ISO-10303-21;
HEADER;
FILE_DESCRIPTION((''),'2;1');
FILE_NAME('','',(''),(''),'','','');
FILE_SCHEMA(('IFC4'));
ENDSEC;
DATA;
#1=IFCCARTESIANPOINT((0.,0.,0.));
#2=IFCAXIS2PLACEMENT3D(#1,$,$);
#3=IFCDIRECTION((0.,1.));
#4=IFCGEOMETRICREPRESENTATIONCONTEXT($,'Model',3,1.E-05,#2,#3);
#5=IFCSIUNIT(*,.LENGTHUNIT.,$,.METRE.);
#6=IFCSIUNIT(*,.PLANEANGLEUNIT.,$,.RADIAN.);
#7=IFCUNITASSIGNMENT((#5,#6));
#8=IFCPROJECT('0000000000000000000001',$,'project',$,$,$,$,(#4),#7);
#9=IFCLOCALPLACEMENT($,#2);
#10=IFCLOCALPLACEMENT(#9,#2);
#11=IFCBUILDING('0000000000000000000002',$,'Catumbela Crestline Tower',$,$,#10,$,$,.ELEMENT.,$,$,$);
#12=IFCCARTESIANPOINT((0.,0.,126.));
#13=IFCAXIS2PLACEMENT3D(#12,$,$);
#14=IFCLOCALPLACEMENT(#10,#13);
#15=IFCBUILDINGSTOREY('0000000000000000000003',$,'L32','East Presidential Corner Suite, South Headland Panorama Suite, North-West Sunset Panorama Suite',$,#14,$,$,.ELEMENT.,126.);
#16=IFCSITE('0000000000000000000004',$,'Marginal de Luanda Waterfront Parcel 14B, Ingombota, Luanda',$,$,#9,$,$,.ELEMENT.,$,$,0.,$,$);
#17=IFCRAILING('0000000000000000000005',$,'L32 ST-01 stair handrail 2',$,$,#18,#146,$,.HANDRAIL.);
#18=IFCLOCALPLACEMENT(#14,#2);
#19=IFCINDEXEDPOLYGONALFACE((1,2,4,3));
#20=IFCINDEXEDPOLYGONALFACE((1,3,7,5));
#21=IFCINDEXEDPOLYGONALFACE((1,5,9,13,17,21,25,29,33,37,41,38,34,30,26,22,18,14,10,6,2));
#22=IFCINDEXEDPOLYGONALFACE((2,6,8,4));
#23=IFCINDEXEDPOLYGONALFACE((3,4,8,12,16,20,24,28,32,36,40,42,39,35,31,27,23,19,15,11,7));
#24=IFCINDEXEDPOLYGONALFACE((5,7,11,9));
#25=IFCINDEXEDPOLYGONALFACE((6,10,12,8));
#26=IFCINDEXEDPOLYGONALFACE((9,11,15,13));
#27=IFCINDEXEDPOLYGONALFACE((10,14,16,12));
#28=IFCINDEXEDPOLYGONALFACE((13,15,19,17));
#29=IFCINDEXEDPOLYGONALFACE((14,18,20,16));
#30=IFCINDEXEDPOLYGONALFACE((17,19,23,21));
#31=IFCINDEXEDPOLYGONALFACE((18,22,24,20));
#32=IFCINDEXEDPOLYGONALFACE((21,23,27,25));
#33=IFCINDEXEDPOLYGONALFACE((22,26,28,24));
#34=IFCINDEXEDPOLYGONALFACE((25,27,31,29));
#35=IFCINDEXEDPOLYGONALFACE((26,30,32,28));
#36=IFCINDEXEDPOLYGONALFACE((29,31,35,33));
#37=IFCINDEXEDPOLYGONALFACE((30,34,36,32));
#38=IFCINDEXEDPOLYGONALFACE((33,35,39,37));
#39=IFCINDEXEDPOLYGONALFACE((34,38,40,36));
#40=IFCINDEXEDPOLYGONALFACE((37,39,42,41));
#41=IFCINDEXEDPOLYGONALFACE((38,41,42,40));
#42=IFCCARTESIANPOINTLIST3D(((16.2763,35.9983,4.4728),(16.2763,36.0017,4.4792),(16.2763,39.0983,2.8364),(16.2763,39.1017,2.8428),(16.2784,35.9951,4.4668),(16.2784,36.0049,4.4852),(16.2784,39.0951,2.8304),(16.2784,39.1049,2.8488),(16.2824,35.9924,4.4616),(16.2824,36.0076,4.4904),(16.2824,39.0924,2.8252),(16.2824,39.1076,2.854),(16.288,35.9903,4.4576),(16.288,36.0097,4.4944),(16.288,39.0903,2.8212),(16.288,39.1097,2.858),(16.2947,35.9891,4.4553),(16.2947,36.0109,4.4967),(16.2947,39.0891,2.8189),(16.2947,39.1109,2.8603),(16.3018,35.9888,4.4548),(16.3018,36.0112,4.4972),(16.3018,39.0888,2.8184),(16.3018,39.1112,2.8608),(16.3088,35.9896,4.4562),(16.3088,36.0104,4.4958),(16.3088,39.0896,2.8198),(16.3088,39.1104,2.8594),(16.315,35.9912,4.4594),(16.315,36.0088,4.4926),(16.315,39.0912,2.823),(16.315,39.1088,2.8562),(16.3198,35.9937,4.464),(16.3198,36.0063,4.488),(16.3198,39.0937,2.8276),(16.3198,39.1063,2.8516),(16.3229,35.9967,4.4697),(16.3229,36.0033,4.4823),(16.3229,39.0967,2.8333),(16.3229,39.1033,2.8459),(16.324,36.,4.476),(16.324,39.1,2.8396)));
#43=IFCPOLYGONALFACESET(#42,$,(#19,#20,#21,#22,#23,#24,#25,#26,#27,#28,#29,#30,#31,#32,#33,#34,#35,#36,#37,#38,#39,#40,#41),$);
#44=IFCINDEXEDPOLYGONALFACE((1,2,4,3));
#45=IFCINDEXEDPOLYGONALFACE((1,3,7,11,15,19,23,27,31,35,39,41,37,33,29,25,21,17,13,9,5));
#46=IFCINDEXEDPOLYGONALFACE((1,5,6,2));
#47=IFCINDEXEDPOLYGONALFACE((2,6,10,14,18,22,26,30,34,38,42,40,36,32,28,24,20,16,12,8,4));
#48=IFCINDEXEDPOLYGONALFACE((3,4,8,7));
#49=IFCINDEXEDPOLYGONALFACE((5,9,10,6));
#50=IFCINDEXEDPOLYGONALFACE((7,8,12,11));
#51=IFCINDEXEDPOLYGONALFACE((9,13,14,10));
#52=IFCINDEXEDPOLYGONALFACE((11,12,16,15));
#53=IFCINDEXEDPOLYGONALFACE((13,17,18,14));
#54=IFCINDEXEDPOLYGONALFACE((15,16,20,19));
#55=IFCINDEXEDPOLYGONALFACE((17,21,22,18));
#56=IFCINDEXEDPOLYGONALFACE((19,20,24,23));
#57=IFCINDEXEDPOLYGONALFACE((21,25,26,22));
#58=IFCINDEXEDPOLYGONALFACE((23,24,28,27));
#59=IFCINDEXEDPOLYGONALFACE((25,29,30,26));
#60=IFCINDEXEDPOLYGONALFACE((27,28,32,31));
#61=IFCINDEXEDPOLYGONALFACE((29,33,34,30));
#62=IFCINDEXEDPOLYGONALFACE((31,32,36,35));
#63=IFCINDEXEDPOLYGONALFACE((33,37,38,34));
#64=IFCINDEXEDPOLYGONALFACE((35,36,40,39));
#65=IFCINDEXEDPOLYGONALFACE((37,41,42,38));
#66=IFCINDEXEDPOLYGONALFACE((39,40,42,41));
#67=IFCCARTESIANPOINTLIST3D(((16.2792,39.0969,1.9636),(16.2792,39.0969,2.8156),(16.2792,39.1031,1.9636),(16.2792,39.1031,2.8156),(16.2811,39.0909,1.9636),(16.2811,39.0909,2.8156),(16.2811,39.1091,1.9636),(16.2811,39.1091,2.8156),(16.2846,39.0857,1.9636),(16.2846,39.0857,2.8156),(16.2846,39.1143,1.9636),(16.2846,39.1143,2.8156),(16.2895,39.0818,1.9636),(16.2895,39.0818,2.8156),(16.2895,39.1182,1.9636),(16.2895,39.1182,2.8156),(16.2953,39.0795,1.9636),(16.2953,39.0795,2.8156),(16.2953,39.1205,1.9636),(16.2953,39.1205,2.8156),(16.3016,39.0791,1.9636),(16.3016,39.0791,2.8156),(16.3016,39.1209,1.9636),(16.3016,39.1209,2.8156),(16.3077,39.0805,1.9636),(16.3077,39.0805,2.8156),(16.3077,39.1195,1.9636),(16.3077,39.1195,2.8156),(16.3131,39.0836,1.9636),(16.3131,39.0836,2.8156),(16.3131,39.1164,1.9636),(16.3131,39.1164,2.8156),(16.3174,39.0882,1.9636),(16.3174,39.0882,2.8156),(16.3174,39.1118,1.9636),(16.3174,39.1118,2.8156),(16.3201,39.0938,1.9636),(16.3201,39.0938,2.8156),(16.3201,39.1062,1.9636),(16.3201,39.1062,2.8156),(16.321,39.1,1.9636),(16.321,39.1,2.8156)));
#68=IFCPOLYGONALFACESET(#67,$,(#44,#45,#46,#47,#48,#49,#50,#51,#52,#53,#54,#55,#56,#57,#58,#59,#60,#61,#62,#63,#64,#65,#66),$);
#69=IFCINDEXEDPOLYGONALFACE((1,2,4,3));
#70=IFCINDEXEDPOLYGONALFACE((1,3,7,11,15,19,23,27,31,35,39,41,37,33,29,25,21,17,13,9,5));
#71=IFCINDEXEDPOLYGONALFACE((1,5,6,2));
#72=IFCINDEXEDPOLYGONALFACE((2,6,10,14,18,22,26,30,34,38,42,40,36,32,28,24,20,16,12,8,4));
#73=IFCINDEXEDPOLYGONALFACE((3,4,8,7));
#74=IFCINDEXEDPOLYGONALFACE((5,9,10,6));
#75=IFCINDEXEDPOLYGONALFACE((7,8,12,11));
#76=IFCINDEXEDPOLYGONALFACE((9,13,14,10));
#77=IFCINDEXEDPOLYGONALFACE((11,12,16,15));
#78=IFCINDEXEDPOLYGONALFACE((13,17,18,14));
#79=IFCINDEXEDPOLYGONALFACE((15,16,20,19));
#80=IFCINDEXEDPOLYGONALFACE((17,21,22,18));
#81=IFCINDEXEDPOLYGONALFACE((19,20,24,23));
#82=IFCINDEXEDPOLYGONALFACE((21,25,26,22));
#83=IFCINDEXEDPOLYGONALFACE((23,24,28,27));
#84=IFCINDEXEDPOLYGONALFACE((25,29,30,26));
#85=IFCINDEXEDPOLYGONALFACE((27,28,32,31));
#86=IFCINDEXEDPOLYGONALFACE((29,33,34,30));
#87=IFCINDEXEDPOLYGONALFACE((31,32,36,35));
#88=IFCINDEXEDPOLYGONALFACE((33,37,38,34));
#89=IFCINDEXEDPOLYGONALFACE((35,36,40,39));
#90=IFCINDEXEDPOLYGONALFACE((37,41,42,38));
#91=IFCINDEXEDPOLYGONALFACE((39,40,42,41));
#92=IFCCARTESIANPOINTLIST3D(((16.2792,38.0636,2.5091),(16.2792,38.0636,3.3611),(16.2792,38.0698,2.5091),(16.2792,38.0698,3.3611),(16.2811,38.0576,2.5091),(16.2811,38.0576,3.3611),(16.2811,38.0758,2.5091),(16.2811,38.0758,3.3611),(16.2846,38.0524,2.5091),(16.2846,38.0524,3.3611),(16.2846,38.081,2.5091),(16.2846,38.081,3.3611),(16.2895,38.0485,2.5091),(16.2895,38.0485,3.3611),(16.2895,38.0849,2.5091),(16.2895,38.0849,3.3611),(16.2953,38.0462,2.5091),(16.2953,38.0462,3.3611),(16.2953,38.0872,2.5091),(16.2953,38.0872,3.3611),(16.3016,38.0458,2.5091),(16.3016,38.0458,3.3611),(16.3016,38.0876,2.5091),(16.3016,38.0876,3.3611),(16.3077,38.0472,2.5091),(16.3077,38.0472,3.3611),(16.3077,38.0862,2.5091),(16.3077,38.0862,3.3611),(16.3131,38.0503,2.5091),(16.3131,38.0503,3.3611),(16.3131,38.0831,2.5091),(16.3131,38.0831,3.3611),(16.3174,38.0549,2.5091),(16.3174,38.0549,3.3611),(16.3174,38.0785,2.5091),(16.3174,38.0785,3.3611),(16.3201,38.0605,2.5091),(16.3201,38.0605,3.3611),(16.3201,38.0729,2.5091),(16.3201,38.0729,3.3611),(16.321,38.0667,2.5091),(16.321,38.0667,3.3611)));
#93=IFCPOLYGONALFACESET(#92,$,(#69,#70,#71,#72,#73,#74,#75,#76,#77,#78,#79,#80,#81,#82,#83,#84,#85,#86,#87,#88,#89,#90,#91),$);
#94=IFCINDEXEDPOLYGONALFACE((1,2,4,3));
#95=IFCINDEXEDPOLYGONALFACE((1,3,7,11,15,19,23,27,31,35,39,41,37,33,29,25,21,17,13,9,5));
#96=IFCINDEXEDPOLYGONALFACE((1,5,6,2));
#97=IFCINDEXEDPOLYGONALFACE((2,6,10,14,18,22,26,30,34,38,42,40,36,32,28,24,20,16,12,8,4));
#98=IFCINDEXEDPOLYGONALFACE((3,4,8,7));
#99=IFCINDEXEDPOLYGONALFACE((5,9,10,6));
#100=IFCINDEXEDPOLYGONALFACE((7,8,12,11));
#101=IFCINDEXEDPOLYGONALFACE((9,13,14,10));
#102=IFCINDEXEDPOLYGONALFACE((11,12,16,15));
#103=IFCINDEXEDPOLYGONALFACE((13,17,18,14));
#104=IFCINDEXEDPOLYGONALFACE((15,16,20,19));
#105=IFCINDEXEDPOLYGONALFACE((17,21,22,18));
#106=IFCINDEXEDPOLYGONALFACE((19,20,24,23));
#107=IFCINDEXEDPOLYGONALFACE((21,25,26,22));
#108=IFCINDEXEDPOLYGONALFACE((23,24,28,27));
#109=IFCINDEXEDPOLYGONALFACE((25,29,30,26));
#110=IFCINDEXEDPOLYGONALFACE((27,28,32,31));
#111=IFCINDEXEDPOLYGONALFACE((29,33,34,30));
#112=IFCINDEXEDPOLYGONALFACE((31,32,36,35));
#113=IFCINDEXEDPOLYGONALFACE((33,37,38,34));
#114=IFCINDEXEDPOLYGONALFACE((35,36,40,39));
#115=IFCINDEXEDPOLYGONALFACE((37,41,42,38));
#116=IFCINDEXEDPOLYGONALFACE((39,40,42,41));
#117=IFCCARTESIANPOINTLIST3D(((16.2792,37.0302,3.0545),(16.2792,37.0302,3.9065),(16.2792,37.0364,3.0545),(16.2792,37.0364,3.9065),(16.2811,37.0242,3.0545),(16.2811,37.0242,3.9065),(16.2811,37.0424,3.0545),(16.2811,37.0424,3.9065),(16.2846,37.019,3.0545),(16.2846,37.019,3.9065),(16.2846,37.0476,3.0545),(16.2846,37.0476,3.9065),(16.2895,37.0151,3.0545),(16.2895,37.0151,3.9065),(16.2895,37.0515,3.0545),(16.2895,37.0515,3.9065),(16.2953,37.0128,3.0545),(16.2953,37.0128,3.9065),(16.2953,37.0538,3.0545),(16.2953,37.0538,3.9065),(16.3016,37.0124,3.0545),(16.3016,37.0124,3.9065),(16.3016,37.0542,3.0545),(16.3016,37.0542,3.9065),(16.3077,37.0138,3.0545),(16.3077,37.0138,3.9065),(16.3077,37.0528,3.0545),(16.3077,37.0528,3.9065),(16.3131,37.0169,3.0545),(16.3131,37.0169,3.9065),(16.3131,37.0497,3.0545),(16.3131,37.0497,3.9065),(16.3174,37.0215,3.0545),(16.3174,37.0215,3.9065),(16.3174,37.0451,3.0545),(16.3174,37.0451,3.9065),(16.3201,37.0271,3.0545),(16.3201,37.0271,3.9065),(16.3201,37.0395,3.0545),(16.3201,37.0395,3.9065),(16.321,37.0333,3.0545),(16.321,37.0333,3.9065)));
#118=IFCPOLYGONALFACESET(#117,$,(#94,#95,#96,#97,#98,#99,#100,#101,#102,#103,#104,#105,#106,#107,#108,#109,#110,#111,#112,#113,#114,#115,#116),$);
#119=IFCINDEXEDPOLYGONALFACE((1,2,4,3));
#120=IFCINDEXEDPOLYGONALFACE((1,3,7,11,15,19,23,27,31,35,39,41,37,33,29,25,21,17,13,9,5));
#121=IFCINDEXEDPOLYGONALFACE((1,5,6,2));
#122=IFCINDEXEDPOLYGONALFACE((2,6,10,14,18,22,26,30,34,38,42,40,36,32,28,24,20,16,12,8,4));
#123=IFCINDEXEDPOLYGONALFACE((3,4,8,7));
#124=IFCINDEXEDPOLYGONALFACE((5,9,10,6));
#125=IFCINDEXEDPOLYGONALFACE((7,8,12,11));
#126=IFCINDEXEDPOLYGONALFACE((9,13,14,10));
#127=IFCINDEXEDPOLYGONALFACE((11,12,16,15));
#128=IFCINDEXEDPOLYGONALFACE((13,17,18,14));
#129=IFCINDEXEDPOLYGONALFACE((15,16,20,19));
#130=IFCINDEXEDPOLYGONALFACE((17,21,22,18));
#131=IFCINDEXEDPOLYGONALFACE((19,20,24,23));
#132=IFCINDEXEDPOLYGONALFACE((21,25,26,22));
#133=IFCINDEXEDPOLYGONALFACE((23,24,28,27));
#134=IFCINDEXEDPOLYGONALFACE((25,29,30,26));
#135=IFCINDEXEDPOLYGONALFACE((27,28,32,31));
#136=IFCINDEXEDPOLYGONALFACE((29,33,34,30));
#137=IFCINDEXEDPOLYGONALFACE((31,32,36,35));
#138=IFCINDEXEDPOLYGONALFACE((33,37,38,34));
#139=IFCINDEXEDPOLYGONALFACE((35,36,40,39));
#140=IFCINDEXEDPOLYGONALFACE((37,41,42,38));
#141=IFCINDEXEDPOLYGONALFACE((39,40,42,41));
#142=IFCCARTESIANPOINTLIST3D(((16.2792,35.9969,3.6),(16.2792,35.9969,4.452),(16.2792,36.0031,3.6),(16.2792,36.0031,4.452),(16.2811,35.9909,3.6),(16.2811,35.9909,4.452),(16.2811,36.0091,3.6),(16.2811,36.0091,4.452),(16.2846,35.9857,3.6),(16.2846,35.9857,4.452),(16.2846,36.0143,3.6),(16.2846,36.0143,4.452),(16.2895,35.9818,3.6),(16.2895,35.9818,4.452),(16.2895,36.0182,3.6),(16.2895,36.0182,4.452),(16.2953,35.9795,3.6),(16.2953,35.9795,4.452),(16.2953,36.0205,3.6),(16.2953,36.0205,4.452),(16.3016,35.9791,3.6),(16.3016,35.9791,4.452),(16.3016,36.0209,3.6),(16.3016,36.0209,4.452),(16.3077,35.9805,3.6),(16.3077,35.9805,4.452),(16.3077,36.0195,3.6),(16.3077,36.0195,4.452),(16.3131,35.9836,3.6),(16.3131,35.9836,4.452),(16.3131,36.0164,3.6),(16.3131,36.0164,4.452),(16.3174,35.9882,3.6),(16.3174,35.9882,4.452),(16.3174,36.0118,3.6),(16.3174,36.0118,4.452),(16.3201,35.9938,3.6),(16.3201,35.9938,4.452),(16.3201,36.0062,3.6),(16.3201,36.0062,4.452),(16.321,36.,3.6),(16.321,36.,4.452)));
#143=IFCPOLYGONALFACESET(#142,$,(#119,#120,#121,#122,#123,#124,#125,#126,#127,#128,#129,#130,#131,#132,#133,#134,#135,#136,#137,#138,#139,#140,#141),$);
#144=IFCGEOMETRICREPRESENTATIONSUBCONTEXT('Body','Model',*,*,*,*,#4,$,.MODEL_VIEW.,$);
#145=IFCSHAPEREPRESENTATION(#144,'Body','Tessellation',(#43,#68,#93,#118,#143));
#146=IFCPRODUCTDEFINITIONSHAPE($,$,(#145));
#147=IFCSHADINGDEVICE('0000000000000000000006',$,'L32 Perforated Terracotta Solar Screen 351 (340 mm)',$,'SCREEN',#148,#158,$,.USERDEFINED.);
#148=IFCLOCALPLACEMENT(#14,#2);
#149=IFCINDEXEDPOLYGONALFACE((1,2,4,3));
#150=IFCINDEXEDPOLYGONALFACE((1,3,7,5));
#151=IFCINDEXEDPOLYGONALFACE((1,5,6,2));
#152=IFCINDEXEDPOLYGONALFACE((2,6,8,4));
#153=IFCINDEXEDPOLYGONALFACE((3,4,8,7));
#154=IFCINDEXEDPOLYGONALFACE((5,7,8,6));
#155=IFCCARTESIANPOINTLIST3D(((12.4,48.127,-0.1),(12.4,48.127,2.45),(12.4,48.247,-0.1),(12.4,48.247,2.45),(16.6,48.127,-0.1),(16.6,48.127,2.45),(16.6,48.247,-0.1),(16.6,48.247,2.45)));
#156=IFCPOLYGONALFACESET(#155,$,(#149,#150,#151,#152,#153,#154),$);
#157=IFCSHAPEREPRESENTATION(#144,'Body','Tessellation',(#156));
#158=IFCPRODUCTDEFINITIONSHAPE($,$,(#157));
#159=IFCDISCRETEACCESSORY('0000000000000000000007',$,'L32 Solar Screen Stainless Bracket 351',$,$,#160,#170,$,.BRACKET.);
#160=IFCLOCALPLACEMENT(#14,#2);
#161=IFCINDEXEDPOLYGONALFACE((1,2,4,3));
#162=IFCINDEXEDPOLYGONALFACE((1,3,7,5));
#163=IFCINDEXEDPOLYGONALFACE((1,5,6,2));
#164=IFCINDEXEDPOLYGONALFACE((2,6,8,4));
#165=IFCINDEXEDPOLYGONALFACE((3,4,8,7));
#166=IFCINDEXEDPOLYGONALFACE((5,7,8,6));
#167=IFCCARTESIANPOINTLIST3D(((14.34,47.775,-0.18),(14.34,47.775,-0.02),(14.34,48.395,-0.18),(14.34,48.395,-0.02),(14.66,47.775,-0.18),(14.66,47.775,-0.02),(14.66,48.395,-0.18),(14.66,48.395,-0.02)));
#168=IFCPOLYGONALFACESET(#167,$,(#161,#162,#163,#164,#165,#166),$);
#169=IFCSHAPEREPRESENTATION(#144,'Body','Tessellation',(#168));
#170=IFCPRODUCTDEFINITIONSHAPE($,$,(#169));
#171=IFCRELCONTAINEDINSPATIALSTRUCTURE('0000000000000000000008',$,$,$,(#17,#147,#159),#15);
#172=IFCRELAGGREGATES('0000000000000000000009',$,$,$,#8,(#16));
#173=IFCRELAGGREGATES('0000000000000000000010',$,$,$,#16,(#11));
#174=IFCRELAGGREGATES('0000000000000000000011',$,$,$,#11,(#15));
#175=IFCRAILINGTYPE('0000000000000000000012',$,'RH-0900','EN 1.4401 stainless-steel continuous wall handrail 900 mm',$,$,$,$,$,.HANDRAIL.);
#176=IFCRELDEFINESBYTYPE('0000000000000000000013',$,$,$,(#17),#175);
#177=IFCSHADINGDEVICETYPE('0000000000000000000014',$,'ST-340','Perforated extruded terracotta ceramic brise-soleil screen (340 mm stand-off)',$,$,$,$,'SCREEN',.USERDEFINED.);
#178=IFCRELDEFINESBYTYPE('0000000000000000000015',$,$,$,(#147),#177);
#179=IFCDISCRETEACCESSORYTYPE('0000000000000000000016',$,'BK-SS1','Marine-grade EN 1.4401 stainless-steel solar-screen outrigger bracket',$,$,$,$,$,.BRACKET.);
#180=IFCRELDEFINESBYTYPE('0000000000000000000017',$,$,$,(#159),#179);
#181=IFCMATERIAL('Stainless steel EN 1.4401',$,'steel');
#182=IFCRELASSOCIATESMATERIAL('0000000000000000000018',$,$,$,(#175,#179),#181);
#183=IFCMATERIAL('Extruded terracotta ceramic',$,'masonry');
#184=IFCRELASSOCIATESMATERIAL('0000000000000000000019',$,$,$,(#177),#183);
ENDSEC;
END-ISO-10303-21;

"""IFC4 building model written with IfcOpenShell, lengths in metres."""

from ifc_helpers import new_model, si_unit, direction, frame, origin, origin_2d, place, context, subcontext, project, spatial, rectangle, circle, extrude, material, type_object, element, save


model = new_model("IFC4")

# Units and contexts
model_context = context("Model", 3, precision=1e-05, world=origin(), true_north=direction((0.0, 1.0)))
body_context = subcontext(model_context, "Body", "Model", "MODEL_VIEW")
ifc_project = project(units=[si_unit("LENGTHUNIT", "METRE"), si_unit("PLANEANGLEUNIT", "RADIAN")], contexts=[model_context])

# Site, building, storey
site_placement = place(None, origin())
site = spatial("IfcSite", under=ifc_project, at=site_placement, Name="Marginal de Luanda Waterfront Parcel 14B, Ingombota, Luanda", CompositionType="ELEMENT", RefElevation=0.0)
building_placement = place(site_placement, origin())
building = spatial("IfcBuilding", under=site, at=building_placement, Name="Catumbela Crestline Tower", CompositionType="ELEMENT")
storey_placement = place(building_placement, frame((0.0, 0.0, 126.0)))
storey = spatial("IfcBuildingStorey", under=building, at=storey_placement, Name="L32", Description="East Presidential Corner Suite, South Headland Panorama Suite, North-West Sunset Panorama Suite", CompositionType="ELEMENT", Elevation=126.0)

# Railing
ifc_material_1 = material(Name="Stainless steel EN 1.4401", Category="steel")
railing_type_1 = type_object("IfcRailingType", Name="RH-0900", Description="EN 1.4401 stainless-steel continuous wall handrail 900 mm", PredefinedType="HANDRAIL", material=ifc_material_1)
railing_1_placement = place(storey_placement, frame((16.3, 39.1, 1.9636)))
element("IfcRailing", 1, at=railing_1_placement, inside=storey, type_object=railing_type_1, Name="L32 ST-01 stair handrail 2", PredefinedType="HANDRAIL", context=body_context, shape_type="SweptSolid", body=[
    extrude(circle(Radius=0.024, at=origin_2d()), frame((0.0, 0.0, 0.876), z_axis=(0.0, -0.884351, 0.466823), x_axis=(1.0, 0.0, 0.0)), (0.0, 0.0, 1.0), 3.5054),
    extrude(circle(Radius=0.021, at=origin_2d()), origin(), (0.0, 0.0, 1.0), 0.852),
    extrude(circle(Radius=0.021, at=origin_2d()), frame((0.0, -1.0333, 0.5455)), (0.0, 0.0, 1.0), 0.852),
    extrude(circle(Radius=0.021, at=origin_2d()), frame((0.0, -2.0667, 1.0909)), (0.0, 0.0, 1.0), 0.852),
    extrude(circle(Radius=0.021, at=origin_2d()), frame((0.0, -3.1, 1.6364)), (0.0, 0.0, 1.0), 0.852),
])

# Shading device
ifc_material_2 = material(Name="Extruded terracotta ceramic", Category="masonry")
shading_device_type = type_object("IfcShadingDeviceType", Name="ST-340", Description="Perforated extruded terracotta ceramic brise-soleil screen (340 mm stand-off)", ElementType="SCREEN", PredefinedType="USERDEFINED", material=ifc_material_2)
shading_device_placement = place(storey_placement, frame((14.5, 48.187, -0.1), z_axis=(0.0, 0.0, 1.0), x_axis=(-1.0, 0.0, 0.0)))
element("IfcShadingDevice", 2, at=shading_device_placement, inside=storey, type_object=shading_device_type, Name="L32 Perforated Terracotta Solar Screen 351 (340 mm)", ObjectType="SCREEN", PredefinedType="USERDEFINED", context=body_context, shape_type="SweptSolid", body=[
    extrude(rectangle(XDim=4.2, YDim=0.12, at=origin_2d()), origin(), (0.0, 0.0, 1.0), 2.55),
])

# Discrete accessory
discrete_accessory_type = type_object("IfcDiscreteAccessoryType", Name="BK-SS1", Description="Marine-grade EN 1.4401 stainless-steel solar-screen outrigger bracket", PredefinedType="BRACKET", material=ifc_material_1)
discrete_accessory_placement = place(storey_placement, frame((14.5, 48.085, -0.18), z_axis=(0.0, 0.0, 1.0), x_axis=(-1.0, 0.0, 0.0)))
element("IfcDiscreteAccessory", 3, at=discrete_accessory_placement, inside=storey, type_object=discrete_accessory_type, Name="L32 Solar Screen Stainless Bracket 351", PredefinedType="BRACKET", context=body_context, shape_type="SweptSolid", body=[
    extrude(rectangle(XDim=0.32, YDim=0.62, at=origin_2d()), origin(), (0.0, 0.0, 1.0), 0.16),
])

save(model, "model.ifc")
